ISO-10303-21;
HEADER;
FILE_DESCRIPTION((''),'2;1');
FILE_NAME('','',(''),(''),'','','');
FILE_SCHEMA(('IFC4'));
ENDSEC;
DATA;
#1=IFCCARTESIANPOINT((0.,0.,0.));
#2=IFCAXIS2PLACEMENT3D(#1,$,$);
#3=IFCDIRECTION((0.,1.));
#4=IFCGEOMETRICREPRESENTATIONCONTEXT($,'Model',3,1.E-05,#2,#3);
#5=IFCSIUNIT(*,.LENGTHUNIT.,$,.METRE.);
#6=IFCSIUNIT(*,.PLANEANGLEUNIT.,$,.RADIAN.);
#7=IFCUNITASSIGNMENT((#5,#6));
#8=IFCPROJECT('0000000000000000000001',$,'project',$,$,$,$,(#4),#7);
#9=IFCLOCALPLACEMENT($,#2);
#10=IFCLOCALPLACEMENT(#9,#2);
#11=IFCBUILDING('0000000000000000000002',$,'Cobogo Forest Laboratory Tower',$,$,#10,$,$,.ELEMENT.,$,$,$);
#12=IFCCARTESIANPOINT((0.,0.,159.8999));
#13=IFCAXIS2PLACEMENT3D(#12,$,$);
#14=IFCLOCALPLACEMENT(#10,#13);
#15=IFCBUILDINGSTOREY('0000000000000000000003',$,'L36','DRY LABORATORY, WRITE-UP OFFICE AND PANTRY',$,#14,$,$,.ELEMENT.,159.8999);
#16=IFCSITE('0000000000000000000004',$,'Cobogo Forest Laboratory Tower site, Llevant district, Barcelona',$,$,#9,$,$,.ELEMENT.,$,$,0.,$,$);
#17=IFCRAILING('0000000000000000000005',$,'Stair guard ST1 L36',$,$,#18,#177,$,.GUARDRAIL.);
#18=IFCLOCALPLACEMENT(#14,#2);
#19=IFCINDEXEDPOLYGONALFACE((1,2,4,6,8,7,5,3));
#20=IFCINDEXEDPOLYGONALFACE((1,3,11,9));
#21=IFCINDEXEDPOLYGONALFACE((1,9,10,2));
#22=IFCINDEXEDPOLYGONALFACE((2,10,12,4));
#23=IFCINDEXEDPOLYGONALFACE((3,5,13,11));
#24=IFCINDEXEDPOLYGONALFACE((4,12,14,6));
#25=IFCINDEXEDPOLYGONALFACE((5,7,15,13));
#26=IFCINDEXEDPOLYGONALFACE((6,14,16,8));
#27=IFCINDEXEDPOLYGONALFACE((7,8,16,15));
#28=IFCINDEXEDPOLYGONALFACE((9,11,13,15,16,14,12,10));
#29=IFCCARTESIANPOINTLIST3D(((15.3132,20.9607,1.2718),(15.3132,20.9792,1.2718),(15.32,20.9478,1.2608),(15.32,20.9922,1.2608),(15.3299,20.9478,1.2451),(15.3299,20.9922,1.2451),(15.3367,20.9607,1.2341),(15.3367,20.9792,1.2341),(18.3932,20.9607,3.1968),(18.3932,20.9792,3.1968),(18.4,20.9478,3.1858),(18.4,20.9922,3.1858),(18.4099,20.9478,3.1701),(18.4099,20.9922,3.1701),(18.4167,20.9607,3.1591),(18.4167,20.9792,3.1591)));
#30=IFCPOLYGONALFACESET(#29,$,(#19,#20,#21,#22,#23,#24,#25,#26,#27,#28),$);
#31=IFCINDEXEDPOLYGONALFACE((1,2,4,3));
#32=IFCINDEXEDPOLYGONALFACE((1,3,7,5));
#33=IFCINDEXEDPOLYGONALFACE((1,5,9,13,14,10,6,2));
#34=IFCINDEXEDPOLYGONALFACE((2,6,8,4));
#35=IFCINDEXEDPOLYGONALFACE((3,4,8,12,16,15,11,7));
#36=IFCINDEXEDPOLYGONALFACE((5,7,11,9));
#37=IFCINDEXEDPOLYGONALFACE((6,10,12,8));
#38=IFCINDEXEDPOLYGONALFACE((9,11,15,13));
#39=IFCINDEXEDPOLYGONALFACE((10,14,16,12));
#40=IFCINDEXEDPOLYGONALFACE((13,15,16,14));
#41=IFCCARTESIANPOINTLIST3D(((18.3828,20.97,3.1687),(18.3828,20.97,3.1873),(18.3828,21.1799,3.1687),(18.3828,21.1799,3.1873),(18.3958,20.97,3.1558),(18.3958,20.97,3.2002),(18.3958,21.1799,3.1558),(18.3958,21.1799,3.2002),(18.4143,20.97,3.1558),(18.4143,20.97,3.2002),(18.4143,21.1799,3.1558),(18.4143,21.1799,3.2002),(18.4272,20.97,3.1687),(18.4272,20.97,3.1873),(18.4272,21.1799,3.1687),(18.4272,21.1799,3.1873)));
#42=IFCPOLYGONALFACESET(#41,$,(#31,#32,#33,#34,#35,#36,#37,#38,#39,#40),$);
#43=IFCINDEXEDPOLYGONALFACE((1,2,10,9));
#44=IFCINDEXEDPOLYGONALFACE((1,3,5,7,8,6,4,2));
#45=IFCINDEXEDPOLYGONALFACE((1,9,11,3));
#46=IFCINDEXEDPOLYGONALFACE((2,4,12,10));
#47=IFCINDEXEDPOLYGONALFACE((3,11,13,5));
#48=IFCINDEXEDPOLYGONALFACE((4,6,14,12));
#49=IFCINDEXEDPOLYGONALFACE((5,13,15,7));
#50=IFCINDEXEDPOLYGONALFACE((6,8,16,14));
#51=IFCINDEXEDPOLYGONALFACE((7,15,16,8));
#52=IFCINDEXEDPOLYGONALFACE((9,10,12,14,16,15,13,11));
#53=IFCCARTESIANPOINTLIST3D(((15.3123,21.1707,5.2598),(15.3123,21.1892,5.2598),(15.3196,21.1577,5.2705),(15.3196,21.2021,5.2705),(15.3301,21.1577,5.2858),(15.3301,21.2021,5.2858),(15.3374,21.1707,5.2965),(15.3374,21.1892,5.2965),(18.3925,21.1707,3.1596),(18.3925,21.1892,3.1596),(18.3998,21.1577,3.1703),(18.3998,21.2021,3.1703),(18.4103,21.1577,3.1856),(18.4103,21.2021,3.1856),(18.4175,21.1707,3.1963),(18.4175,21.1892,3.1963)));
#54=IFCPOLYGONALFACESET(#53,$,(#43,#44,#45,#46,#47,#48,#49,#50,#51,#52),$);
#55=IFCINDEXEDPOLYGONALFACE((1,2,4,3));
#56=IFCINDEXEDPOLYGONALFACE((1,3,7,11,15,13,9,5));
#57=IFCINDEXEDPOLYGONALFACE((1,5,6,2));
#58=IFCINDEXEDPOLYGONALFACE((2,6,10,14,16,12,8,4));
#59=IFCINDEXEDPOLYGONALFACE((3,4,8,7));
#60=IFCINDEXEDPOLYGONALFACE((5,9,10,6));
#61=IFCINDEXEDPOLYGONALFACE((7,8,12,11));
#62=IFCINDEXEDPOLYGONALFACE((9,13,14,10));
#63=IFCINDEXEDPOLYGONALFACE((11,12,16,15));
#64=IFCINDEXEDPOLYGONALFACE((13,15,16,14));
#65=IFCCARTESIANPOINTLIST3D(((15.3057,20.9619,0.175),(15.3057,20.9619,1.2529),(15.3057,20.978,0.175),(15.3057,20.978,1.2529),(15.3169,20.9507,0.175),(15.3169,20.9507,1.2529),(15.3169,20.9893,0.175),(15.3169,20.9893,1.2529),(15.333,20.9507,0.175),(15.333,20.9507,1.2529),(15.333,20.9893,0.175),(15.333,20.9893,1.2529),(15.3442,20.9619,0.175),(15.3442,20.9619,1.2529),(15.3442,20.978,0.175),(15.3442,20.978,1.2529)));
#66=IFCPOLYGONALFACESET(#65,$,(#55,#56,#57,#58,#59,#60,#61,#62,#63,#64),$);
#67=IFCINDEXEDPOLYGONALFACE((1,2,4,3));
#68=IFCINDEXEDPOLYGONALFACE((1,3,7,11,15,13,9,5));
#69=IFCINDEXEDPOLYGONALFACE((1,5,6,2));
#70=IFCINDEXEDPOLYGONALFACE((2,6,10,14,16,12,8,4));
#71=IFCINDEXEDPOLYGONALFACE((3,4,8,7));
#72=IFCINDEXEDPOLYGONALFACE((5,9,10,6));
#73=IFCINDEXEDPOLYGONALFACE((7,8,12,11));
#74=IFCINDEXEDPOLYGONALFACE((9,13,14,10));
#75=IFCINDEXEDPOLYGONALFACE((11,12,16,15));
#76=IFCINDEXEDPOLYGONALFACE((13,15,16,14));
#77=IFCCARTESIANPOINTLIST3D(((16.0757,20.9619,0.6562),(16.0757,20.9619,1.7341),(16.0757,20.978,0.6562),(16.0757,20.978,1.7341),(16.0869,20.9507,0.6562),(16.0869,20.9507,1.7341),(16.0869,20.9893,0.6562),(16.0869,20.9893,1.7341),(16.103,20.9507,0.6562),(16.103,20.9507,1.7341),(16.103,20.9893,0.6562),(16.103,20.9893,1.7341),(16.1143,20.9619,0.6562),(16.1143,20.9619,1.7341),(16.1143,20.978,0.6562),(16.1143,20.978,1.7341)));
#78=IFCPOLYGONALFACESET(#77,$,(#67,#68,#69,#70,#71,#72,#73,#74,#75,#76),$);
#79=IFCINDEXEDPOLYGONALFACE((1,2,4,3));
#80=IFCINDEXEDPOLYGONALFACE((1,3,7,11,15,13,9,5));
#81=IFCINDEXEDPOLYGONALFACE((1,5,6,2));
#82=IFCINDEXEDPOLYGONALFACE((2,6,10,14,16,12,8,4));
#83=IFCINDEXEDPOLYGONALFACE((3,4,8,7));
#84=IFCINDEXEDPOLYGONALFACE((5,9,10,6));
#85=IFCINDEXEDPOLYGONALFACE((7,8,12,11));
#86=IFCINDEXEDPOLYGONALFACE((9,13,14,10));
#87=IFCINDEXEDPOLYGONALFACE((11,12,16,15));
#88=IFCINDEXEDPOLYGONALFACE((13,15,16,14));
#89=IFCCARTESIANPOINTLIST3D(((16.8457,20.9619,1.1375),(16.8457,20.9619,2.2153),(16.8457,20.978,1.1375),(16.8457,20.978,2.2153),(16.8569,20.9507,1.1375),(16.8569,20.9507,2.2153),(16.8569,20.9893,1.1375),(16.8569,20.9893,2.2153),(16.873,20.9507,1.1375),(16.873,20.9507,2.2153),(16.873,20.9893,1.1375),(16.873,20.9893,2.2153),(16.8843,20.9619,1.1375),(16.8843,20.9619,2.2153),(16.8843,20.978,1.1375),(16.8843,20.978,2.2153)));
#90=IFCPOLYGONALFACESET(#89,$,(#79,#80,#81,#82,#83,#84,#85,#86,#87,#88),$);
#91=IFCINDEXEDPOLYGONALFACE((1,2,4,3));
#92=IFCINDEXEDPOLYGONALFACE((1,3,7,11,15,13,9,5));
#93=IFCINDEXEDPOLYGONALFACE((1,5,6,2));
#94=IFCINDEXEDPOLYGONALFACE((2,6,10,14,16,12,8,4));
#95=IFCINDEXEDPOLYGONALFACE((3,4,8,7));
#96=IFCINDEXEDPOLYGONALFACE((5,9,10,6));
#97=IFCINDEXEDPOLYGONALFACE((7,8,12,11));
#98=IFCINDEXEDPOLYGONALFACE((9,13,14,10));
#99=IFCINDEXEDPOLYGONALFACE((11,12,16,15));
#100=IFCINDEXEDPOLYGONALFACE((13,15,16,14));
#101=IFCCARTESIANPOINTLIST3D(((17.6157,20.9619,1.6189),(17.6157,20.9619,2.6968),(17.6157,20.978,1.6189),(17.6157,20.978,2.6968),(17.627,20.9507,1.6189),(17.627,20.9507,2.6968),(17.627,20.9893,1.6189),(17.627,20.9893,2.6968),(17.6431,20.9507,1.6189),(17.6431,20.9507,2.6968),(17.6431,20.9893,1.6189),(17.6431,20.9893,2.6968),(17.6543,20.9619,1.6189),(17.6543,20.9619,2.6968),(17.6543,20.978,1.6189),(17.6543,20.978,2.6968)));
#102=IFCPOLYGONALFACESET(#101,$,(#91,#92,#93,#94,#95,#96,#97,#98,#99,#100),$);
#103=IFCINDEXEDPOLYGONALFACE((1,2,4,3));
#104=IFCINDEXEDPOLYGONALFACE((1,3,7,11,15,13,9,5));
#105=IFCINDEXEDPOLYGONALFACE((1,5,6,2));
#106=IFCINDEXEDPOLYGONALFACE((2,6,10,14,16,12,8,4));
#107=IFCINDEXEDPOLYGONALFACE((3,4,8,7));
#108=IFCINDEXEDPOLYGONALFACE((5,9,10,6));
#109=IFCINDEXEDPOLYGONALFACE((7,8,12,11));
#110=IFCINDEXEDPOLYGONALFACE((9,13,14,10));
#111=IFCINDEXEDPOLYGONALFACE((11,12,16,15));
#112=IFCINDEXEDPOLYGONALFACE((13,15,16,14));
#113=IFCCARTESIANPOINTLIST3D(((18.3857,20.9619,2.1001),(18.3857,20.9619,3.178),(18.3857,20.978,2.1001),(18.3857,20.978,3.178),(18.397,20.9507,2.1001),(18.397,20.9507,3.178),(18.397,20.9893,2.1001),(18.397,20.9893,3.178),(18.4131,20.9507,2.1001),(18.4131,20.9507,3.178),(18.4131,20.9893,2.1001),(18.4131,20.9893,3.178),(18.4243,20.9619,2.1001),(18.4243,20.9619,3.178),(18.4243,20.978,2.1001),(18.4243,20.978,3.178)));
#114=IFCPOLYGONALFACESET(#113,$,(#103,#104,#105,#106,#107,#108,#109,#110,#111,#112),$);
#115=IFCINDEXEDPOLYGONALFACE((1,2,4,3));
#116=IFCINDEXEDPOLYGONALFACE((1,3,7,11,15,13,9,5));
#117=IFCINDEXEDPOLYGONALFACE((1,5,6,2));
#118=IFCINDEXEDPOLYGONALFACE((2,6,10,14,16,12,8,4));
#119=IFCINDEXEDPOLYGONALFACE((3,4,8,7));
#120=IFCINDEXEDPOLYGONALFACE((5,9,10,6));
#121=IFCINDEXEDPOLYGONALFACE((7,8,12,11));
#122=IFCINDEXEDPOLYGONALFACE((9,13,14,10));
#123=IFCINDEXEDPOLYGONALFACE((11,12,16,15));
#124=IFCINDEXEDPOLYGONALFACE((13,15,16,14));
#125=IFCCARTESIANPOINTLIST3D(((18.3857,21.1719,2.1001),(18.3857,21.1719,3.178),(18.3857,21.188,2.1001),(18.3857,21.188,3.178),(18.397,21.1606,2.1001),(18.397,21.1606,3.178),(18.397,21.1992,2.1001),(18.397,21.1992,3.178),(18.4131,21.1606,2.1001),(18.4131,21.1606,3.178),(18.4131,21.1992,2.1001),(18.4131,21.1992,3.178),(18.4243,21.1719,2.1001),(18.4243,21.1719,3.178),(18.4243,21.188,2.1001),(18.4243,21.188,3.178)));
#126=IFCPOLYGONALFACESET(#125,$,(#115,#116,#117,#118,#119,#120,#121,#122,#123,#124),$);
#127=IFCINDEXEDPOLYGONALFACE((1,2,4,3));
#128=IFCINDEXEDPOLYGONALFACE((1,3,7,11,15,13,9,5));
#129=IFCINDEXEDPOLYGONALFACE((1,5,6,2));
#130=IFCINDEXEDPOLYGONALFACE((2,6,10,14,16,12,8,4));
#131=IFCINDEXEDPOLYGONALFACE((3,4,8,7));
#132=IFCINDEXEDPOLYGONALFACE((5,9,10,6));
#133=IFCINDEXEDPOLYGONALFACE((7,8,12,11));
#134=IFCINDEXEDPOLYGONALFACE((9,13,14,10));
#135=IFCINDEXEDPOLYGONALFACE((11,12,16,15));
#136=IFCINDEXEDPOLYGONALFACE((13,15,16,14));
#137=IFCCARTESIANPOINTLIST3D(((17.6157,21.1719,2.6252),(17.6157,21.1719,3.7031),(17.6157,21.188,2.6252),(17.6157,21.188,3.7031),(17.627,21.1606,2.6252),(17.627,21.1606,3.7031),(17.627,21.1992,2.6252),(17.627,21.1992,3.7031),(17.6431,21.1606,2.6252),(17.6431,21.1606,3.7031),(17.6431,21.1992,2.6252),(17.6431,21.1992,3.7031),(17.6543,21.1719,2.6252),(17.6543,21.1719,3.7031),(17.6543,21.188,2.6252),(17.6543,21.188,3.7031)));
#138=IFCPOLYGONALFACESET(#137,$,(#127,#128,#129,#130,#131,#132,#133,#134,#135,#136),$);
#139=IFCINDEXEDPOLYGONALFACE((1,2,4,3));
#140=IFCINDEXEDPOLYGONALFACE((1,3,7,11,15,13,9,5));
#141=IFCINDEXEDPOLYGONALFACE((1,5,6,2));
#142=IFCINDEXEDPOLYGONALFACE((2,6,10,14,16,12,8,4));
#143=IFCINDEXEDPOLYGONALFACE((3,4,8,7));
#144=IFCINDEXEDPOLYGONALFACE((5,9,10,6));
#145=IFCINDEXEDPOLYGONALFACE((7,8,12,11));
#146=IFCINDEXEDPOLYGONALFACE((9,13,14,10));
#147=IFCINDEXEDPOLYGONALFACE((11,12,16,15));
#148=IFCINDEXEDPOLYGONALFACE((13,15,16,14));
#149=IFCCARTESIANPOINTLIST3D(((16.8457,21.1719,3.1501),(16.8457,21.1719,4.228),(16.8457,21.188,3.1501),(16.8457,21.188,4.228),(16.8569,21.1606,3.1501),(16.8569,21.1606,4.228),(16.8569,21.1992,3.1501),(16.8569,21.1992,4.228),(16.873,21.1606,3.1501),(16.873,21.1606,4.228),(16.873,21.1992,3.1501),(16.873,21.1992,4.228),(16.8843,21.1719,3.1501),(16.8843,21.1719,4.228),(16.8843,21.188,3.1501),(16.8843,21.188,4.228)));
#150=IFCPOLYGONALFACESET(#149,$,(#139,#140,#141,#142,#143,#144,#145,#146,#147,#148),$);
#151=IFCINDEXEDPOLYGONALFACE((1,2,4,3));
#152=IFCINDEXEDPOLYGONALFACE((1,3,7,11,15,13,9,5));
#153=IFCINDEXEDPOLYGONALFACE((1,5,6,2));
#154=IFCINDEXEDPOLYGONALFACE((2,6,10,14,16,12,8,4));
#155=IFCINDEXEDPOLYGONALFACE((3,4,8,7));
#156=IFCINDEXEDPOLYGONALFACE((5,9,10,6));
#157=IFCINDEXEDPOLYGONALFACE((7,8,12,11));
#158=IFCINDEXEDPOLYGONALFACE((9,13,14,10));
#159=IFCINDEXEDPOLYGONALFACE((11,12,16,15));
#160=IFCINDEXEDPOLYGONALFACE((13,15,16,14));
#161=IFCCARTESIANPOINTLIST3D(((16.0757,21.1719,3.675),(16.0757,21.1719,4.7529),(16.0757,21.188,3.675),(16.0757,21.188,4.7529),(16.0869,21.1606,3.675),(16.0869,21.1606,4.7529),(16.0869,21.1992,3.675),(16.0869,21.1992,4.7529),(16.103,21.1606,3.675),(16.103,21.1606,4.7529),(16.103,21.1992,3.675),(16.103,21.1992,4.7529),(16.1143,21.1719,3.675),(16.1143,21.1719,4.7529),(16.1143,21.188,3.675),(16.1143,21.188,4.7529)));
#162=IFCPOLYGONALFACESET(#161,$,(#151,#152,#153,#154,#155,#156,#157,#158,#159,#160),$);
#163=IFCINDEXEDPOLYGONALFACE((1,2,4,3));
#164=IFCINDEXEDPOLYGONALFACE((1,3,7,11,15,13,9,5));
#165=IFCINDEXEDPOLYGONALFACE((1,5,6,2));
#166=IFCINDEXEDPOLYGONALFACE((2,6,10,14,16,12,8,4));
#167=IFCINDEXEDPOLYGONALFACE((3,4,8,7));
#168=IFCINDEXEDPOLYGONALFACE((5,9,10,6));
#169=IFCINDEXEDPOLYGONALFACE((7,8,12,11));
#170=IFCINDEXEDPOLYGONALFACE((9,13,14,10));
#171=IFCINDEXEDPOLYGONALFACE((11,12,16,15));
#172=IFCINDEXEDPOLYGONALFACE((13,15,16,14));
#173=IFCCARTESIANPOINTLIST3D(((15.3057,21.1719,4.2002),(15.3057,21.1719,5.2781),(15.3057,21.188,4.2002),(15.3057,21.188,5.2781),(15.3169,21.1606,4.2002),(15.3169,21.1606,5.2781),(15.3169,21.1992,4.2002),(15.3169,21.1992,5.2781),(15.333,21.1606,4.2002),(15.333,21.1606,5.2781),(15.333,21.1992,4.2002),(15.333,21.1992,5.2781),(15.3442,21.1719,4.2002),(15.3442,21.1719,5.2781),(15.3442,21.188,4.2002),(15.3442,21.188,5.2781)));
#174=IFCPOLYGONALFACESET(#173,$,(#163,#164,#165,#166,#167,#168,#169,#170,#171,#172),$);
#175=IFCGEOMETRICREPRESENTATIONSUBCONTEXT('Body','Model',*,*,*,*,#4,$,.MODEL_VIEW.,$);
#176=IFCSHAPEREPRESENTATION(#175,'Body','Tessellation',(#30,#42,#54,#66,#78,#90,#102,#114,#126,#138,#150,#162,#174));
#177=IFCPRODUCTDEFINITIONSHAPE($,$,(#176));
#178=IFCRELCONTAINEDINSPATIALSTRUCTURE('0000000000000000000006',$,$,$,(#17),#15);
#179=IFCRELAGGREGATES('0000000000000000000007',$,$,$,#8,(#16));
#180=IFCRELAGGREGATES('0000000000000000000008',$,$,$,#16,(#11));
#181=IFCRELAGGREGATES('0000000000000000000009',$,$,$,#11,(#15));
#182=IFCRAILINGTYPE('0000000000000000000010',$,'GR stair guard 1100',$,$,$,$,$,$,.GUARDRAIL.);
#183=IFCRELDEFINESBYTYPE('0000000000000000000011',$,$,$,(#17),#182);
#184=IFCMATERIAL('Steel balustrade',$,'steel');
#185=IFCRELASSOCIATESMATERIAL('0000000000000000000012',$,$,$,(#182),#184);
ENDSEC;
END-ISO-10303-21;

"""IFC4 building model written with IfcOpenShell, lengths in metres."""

from ifc_helpers import new_model, si_unit, direction, frame, origin, place, context, subcontext, project, spatial, polyline, outline, extrude, material, type_object, element, save


model = new_model("IFC4")

# Units and contexts
model_context = context("Model", 3, precision=1e-05, world=origin(), true_north=direction((0.0, 1.0)))
body_context = subcontext(model_context, "Body", "Model", "MODEL_VIEW")
ifc_project = project(units=[si_unit("LENGTHUNIT", "METRE"), si_unit("PLANEANGLEUNIT", "RADIAN")], contexts=[model_context])

# Site, building, storey
site_placement = place(None, origin())
site = spatial("IfcSite", under=ifc_project, at=site_placement, Name="Cobogo Forest Laboratory Tower site, Llevant district, Barcelona", CompositionType="ELEMENT", RefElevation=0.0)
building_placement = place(site_placement, origin())
building = spatial("IfcBuilding", under=site, at=building_placement, Name="Cobogo Forest Laboratory Tower", CompositionType="ELEMENT")
storey_placement = place(building_placement, frame((0.0, 0.0, 159.8999)))
storey = spatial("IfcBuildingStorey", under=building, at=storey_placement, Name="L36", Description="DRY LABORATORY, WRITE-UP OFFICE AND PANTRY", CompositionType="ELEMENT", Elevation=159.8999)

# Railing
ifc_material_1 = material(Name="Steel balustrade", Category="steel")
railing_type = type_object("IfcRailingType", Name="GR stair guard 1100", PredefinedType="GUARDRAIL", material=ifc_material_1)
railing_placement = place(storey_placement, frame((15.325, 20.97, 0.175)))
element("IfcRailing", 1, at=railing_placement, inside=storey, type_object=railing_type, Name="Stair guard ST1 L36", PredefinedType="GUARDRAIL", context=body_context, shape_type="SweptSolid", body=[
    extrude(outline(polyline([(0.0222, 0.0093), (0.0093, 0.0222), (-0.0093, 0.0222), (-0.0222, 0.0093), (-0.0222, -0.0093), (-0.0093, -0.0222), (0.0093, -0.0222), (0.0222, -0.0093), (0.0222, 0.0093)])), frame((0.0, 0.0, 1.0779), z_axis=(0.847998, 0.0, 0.529999), x_axis=(0.0, 1.0, 0.0)), (0.0, 0.0, 1.0), 3.6321),
    extrude(outline(polyline([(0.0222, 0.0093), (0.0093, 0.0222), (-0.0093, 0.0222), (-0.0222, 0.0093), (-0.0222, -0.0093), (-0.0093, -0.0222), (0.0093, -0.0222), (0.0222, -0.0093), (0.0222, 0.0093)])), frame((3.0801, 0.0, 3.0029), z_axis=(0.0, 1.0, 0.0), x_axis=(-1.0, 0.0, 0.0)), (0.0, 0.0, 1.0), 0.21),
    extrude(outline(polyline([(0.0222, 0.0093), (0.0093, 0.0222), (-0.0093, 0.0222), (-0.0222, 0.0093), (-0.0222, -0.0093), (-0.0093, -0.0222), (0.0093, -0.0222), (0.0222, -0.0093), (0.0222, 0.0093)])), frame((3.0801, 0.21, 3.0029), z_axis=(-0.826222, 0.0, 0.563345), x_axis=(0.0, -1.0, 0.0)), (0.0, 0.0, 1.0), 3.728),
    extrude(outline(polyline([(0.0193, 0.0081), (0.0081, 0.0193), (-0.0081, 0.0193), (-0.0193, 0.0081), (-0.0193, -0.0081), (-0.0081, -0.0193), (0.0081, -0.0193), (0.0193, -0.0081), (0.0193, 0.0081)])), origin(), (0.0, 0.0, 1.0), 1.0779),
    extrude(outline(polyline([(0.0193, 0.0081), (0.0081, 0.0193), (-0.0081, 0.0193), (-0.0193, 0.0081), (-0.0193, -0.0081), (-0.0081, -0.0193), (0.0081, -0.0193), (0.0193, -0.0081), (0.0193, 0.0081)])), frame((0.77, 0.0, 0.4812)), (0.0, 0.0, 1.0), 1.0779),
    extrude(outline(polyline([(0.0193, 0.0081), (0.0081, 0.0193), (-0.0081, 0.0193), (-0.0193, 0.0081), (-0.0193, -0.0081), (-0.0081, -0.0193), (0.0081, -0.0193), (0.0193, -0.0081), (0.0193, 0.0081)])), frame((1.54, 0.0, 0.9624)), (0.0, 0.0, 1.0), 1.0779),
    extrude(outline(polyline([(0.0193, 0.0081), (0.0081, 0.0193), (-0.0081, 0.0193), (-0.0193, 0.0081), (-0.0193, -0.0081), (-0.0081, -0.0193), (0.0081, -0.0193), (0.0193, -0.0081), (0.0193, 0.0081)])), frame((2.3101, 0.0, 1.4438)), (0.0, 0.0, 1.0), 1.0779),
    extrude(outline(polyline([(0.0193, 0.0081), (0.0081, 0.0193), (-0.0081, 0.0193), (-0.0193, 0.0081), (-0.0193, -0.0081), (-0.0081, -0.0193), (0.0081, -0.0193), (0.0193, -0.0081), (0.0193, 0.0081)])), frame((3.0801, 0.0, 1.925)), (0.0, 0.0, 1.0), 1.0779),
    extrude(outline(polyline([(0.0193, 0.0081), (0.0081, 0.0193), (-0.0081, 0.0193), (-0.0193, 0.0081), (-0.0193, -0.0081), (-0.0081, -0.0193), (0.0081, -0.0193), (0.0193, -0.0081), (0.0193, 0.0081)])), frame((3.0801, 0.21, 1.925)), (0.0, 0.0, 1.0), 1.0779),
    extrude(outline(polyline([(0.0193, 0.0081), (0.0081, 0.0193), (-0.0081, 0.0193), (-0.0193, 0.0081), (-0.0193, -0.0081), (-0.0081, -0.0193), (0.0081, -0.0193), (0.0193, -0.0081), (0.0193, 0.0081)])), frame((2.3101, 0.21, 2.4502)), (0.0, 0.0, 1.0), 1.0779),
    extrude(outline(polyline([(0.0193, 0.0081), (0.0081, 0.0193), (-0.0081, 0.0193), (-0.0193, 0.0081), (-0.0193, -0.0081), (-0.0081, -0.0193), (0.0081, -0.0193), (0.0193, -0.0081), (0.0193, 0.0081)])), frame((1.54, 0.21, 2.9751)), (0.0, 0.0, 1.0), 1.0779),
    extrude(outline(polyline([(0.0193, 0.0081), (0.0081, 0.0193), (-0.0081, 0.0193), (-0.0193, 0.0081), (-0.0193, -0.0081), (-0.0081, -0.0193), (0.0081, -0.0193), (0.0193, -0.0081), (0.0193, 0.0081)])), frame((0.77, 0.21, 3.5)), (0.0, 0.0, 1.0), 1.0779),
    extrude(outline(polyline([(0.0193, 0.0081), (0.0081, 0.0193), (-0.0081, 0.0193), (-0.0193, 0.0081), (-0.0193, -0.0081), (-0.0081, -0.0193), (0.0081, -0.0193), (0.0193, -0.0081), (0.0193, 0.0081)])), frame((0.0, 0.21, 4.0251)), (0.0, 0.0, 1.0), 1.0779),
])

save(model, "model.ifc")
